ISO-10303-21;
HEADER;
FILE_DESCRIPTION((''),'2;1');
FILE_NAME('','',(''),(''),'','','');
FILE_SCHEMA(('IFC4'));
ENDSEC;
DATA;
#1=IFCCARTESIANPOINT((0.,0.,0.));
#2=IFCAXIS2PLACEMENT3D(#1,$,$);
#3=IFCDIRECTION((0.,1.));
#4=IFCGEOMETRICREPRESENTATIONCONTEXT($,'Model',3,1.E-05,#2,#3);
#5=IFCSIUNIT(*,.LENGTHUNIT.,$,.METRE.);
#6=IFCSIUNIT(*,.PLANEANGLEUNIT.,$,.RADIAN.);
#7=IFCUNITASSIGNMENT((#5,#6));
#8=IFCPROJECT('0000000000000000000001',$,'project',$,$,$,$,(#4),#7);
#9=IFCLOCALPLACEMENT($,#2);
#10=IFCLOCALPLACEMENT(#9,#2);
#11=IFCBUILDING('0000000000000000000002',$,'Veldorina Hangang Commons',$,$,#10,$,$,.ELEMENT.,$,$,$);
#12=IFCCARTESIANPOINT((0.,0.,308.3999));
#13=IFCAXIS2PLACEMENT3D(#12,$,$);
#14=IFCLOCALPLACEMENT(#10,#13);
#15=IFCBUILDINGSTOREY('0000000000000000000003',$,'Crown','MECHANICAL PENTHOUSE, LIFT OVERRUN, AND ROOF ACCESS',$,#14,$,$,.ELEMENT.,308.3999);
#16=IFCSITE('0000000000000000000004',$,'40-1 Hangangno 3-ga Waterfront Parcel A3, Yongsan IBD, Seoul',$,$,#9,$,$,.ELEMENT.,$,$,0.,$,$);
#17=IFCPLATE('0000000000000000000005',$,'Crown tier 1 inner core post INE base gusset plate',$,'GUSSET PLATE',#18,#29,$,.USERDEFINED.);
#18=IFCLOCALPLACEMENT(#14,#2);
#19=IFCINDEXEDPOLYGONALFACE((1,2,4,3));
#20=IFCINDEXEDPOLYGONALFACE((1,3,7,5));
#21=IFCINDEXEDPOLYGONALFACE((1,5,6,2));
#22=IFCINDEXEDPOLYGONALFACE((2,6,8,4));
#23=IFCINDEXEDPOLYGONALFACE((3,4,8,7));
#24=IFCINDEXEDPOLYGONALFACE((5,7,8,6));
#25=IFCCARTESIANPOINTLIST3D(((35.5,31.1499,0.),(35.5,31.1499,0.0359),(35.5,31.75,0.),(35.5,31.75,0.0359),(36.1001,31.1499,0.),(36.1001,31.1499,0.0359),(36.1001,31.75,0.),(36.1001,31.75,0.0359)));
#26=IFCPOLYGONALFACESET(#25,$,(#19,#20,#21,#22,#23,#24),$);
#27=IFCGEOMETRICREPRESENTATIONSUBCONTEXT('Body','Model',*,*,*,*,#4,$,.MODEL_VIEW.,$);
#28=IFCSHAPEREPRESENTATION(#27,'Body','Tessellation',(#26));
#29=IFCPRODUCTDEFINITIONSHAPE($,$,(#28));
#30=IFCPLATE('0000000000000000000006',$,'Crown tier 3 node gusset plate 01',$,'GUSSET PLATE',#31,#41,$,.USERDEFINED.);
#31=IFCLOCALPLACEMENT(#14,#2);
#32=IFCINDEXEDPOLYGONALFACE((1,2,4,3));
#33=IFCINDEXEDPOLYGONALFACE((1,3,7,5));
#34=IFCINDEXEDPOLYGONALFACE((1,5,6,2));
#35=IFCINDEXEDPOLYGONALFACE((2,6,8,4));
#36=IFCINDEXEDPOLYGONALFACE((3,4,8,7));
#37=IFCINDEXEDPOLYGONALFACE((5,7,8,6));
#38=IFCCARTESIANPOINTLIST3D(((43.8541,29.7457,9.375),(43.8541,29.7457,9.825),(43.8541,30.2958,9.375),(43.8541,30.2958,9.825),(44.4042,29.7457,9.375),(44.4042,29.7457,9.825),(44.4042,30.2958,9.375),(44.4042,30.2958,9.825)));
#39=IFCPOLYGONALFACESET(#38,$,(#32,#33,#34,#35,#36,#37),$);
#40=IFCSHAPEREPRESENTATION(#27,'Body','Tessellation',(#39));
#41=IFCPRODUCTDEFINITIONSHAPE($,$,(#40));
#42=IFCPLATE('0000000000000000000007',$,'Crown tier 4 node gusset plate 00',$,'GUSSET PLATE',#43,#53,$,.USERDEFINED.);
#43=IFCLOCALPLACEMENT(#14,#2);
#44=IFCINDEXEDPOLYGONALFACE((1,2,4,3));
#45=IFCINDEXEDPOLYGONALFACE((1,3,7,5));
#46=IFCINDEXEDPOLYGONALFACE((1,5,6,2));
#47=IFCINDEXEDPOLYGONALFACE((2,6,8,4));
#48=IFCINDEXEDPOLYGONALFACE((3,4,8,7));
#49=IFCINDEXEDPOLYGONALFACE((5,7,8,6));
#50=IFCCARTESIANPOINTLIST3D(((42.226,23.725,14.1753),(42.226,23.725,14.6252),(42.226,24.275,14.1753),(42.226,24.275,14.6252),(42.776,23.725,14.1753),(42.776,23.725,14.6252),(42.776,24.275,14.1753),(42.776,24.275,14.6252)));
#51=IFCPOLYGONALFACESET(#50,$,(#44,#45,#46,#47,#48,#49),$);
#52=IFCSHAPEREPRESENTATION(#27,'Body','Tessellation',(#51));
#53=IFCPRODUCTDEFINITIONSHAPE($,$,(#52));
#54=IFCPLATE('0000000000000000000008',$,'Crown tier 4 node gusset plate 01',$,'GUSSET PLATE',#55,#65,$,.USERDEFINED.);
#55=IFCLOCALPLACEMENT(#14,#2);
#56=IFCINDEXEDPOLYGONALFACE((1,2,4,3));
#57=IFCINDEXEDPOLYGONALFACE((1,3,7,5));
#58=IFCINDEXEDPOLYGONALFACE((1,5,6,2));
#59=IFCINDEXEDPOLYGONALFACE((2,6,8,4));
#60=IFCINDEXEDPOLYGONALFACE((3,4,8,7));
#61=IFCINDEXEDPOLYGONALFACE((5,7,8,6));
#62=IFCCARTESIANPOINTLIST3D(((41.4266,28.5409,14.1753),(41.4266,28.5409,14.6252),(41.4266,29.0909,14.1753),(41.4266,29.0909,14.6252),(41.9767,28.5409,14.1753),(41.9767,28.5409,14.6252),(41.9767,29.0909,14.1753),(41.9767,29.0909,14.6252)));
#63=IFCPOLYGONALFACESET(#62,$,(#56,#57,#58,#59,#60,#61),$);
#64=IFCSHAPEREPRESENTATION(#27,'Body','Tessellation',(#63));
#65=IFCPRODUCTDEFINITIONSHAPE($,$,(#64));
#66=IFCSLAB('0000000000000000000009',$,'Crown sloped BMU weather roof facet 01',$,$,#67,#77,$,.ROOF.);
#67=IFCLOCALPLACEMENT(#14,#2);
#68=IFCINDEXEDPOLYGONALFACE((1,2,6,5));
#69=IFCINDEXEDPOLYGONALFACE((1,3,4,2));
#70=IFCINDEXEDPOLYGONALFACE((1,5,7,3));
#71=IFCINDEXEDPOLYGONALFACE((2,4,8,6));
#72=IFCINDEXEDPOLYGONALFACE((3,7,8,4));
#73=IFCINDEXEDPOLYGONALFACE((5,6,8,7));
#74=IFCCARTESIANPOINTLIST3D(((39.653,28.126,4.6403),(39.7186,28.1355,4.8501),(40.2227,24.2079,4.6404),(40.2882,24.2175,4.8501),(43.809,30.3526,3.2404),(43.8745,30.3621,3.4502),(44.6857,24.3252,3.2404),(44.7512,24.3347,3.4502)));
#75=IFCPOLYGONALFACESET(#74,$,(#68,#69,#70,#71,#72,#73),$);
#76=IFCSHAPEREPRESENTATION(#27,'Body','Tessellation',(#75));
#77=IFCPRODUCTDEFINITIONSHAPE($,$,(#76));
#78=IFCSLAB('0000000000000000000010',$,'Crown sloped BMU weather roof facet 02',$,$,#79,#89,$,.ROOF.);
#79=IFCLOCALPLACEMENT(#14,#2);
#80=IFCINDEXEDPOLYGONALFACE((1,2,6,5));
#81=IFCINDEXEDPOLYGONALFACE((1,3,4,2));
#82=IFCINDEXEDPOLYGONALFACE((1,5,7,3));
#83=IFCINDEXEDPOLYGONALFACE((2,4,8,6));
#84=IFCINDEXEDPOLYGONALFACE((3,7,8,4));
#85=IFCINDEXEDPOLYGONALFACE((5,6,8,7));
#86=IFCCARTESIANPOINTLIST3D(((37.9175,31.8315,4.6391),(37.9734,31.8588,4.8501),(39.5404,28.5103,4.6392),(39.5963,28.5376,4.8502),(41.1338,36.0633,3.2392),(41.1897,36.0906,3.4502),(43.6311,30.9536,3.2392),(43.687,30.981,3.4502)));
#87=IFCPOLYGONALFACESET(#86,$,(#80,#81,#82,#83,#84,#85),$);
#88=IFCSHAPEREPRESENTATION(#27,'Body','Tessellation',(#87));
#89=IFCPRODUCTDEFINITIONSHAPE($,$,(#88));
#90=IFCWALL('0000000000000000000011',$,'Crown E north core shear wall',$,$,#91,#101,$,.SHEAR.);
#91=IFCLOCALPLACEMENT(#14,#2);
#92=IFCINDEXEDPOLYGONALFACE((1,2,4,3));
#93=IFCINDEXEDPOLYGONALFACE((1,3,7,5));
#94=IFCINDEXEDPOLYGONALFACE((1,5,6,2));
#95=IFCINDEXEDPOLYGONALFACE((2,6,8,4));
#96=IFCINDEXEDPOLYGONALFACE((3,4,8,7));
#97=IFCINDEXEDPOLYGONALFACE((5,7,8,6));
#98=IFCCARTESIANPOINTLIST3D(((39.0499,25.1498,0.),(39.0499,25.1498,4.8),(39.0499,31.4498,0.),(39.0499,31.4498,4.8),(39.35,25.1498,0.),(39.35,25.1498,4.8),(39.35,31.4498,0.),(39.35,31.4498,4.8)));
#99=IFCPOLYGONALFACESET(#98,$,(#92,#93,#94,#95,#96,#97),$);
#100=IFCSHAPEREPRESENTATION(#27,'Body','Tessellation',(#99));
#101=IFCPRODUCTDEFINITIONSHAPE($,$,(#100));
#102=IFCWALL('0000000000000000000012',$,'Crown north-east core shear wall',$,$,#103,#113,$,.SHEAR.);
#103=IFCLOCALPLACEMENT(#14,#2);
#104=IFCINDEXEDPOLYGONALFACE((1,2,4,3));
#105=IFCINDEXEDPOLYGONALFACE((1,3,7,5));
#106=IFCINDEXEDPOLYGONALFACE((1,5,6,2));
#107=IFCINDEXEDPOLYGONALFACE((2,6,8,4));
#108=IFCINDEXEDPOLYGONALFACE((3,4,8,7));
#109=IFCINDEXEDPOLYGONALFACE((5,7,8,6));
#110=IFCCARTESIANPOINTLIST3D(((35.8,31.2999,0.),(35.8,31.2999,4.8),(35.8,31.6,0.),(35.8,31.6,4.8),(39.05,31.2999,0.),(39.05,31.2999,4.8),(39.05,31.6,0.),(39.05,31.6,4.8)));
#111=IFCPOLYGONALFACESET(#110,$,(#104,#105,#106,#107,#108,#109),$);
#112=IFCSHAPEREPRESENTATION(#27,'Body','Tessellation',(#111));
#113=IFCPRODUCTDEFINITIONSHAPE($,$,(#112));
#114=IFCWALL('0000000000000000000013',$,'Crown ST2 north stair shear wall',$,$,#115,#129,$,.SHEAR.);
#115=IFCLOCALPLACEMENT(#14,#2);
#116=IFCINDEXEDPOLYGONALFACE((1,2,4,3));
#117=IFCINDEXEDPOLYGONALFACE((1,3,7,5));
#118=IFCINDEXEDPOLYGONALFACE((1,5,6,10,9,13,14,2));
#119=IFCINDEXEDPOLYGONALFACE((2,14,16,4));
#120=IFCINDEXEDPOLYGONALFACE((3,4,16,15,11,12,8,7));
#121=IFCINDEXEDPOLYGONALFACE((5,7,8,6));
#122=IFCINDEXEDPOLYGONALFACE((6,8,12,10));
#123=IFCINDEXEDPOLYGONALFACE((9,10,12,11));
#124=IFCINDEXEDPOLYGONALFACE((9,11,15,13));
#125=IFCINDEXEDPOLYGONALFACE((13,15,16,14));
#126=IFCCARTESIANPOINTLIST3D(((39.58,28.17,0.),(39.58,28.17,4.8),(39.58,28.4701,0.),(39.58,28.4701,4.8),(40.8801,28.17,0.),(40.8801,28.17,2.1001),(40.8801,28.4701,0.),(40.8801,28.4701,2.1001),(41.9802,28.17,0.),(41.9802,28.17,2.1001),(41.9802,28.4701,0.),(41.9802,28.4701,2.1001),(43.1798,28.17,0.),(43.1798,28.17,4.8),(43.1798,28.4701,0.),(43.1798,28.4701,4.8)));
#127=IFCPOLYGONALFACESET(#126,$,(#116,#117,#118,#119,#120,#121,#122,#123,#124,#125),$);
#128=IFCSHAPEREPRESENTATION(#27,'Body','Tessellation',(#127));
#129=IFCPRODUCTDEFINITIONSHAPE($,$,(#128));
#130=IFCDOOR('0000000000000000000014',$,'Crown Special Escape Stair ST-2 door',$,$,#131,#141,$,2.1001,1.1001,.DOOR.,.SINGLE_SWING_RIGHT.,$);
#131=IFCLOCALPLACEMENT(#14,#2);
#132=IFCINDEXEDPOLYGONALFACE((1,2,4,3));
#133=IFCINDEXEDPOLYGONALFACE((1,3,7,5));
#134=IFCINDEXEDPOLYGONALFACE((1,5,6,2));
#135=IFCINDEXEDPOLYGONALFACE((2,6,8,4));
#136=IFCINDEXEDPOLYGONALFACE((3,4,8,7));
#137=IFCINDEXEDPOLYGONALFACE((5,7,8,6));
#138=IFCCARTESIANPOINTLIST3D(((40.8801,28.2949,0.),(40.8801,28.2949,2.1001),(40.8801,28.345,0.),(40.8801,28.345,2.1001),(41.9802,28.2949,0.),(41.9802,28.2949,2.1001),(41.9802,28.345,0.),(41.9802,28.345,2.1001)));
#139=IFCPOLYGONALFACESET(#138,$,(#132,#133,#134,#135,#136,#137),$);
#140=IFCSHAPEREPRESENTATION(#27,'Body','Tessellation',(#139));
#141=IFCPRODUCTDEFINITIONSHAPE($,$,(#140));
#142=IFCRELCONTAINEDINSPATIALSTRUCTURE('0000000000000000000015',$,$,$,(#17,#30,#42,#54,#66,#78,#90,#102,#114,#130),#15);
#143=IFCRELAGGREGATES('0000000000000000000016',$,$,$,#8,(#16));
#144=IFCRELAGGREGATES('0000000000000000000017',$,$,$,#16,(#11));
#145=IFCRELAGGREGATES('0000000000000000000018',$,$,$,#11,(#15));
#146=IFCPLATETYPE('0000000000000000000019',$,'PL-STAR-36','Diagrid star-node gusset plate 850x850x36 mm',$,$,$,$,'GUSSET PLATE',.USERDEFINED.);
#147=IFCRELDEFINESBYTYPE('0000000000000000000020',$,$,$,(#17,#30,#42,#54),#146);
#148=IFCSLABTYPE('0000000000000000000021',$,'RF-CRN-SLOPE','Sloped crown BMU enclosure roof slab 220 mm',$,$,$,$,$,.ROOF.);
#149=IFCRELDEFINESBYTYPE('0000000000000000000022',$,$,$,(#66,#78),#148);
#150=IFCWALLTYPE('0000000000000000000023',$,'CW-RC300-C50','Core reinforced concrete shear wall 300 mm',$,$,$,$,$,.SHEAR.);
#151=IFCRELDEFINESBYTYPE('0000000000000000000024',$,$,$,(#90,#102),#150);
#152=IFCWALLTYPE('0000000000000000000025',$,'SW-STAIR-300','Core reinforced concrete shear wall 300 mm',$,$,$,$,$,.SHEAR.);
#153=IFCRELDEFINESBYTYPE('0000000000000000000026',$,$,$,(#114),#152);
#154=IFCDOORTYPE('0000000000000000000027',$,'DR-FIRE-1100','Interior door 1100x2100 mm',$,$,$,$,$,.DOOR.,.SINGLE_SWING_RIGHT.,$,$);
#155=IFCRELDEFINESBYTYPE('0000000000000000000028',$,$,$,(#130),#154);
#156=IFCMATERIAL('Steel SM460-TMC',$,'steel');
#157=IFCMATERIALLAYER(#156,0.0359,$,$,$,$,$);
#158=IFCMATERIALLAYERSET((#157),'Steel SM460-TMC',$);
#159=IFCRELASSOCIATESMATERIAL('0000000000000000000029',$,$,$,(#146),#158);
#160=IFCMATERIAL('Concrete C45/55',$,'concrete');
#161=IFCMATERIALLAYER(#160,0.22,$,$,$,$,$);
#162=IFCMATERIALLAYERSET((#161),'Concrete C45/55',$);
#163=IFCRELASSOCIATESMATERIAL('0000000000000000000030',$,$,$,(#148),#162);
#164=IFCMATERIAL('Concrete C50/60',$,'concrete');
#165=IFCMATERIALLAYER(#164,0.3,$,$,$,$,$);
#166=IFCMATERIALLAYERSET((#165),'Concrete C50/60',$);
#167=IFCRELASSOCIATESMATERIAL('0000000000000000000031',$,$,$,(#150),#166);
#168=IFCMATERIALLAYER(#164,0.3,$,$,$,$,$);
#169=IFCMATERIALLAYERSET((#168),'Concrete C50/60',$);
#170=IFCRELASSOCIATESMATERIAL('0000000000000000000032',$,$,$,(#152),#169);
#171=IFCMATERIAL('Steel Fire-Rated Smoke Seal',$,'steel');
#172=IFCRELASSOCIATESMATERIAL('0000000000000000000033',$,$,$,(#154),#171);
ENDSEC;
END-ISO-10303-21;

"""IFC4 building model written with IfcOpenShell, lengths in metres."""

from ifc_helpers import new_model, si_unit, direction, frame, frame_2d, origin, origin_2d, place, context, subcontext, project, spatial, polyline, rectangle, outline, extrude, material, layer, layer_set, type_object, element, fill, save


model = new_model("IFC4")

# Units and contexts
model_context = context("Model", 3, precision=1e-05, world=origin(), true_north=direction((0.0, 1.0)))
body_context = subcontext(model_context, "Body", "Model", "MODEL_VIEW")
ifc_project = project(units=[si_unit("LENGTHUNIT", "METRE"), si_unit("PLANEANGLEUNIT", "RADIAN")], contexts=[model_context])

# Site, building, storey
site_placement = place(None, origin())
site = spatial("IfcSite", under=ifc_project, at=site_placement, Name="40-1 Hangangno 3-ga Waterfront Parcel A3, Yongsan IBD, Seoul", CompositionType="ELEMENT", RefElevation=0.0)
building_placement = place(site_placement, origin())
building = spatial("IfcBuilding", under=site, at=building_placement, Name="Veldorina Hangang Commons", CompositionType="ELEMENT")
storey_placement = place(building_placement, frame((0.0, 0.0, 308.3999)))
storey = spatial("IfcBuildingStorey", under=building, at=storey_placement, Name="Crown", Description="MECHANICAL PENTHOUSE, LIFT OVERRUN, AND ROOF ACCESS", CompositionType="ELEMENT", Elevation=308.3999)

# Shared definitions
ifc_material_1 = material(Name="Steel SM460-TMC", Category="steel")

# Plates
ifc_layer_1 = layer(ifc_material_1, 0.0359)
ifc_layer_set_1 = layer_set([ifc_layer_1], Name="Steel SM460-TMC")
plate_type_1 = type_object("IfcPlateType", Name="PL-STAR-36", Description="Diagrid star-node gusset plate 850x850x36 mm", ElementType="GUSSET PLATE", PredefinedType="USERDEFINED", material=ifc_layer_set_1)
for number, where, z_axis, x_axis, name in (
    (1, (35.8, 31.45, 0.0), (0.0, 0.0, 1.0), (1.0, 0.0, 0.0), "Crown tier 1 inner core post INE base gusset plate"),
):
    element("IfcPlate", number, at=place(storey_placement, frame(where, z_axis=z_axis, x_axis=x_axis)), inside=storey, type_object=plate_type_1, Name=name, ObjectType="GUSSET PLATE", PredefinedType="USERDEFINED", context=body_context, shape_type="SweptSolid", body=[
        extrude(rectangle(XDim=0.6001, YDim=0.6001, at=origin_2d()), origin(), (0.0, 0.0, 1.0), 0.0359),
    ])
for number, where, z_axis, x_axis, name in (
    (2, (44.1292, 30.0208, 9.375), (0.0, 0.0, 1.0), (1.0, 0.0, 0.0), "Crown tier 3 node gusset plate 01"),
    (3, (42.501, 24.0, 14.1753), (0.0, 0.0, 1.0), (1.0, 0.0, 0.0), "Crown tier 4 node gusset plate 00"),
    (4, (41.7017, 28.8159, 14.1753), (0.0, 0.0, 1.0), (1.0, 0.0, 0.0), "Crown tier 4 node gusset plate 01"),
):
    element("IfcPlate", number, at=place(storey_placement, frame(where, z_axis=z_axis, x_axis=x_axis)), inside=storey, type_object=plate_type_1, Name=name, ObjectType="GUSSET PLATE", PredefinedType="USERDEFINED", context=body_context, shape_type="SweptSolid", body=[
        extrude(rectangle(XDim=0.55, YDim=0.55, at=origin_2d()), origin(), (0.0, 0.0, 1.0), 0.45),
    ])

# Slabs
ifc_material_2 = material(Name="Concrete C45/55", Category="concrete")
ifc_layer_2 = layer(ifc_material_2, 0.22)
ifc_layer_set_2 = layer_set([ifc_layer_2], Name="Concrete C45/55")
slab_type = type_object("IfcSlabType", Name="RF-CRN-SLOPE", Description="Sloped crown BMU enclosure roof slab 220 mm", PredefinedType="ROOF", material=ifc_layer_set_2)
slab_1_placement = place(storey_placement, frame((44.7512, 24.3347, 3.4502), z_axis=(0.297982, 0.043341, 0.953587), x_axis=(-0.14394, 0.989586, 0.000002)))
element("IfcSlab", 5, at=slab_1_placement, inside=storey, type_object=slab_type, Name="Crown sloped BMU weather roof facet 01", PredefinedType="ROOF", context=body_context, shape_type="SweptSolid", body=[
    extrude(outline(polyline([(0.0, 0.0), (6.0908, 0.0), (4.4856, 4.6489), (0.5264, 4.6492), (0.0, 0.0)])), origin(), (0.0, 0.0, -1.0), 0.22),
])
slab_2_placement = place(storey_placement, frame((43.687, 30.981, 3.4502), z_axis=(0.25409, 0.124179, 0.959176), x_axis=(-0.439106, 0.898435, 0.000006)))
element("IfcSlab", 6, at=slab_2_placement, inside=storey, type_object=slab_type, Name="Crown sloped BMU weather roof facet 02", PredefinedType="ROOF", context=body_context, shape_type="SweptSolid", body=[
    extrude(outline(polyline([(0.0, 0.0), (5.6873, 0.0), (3.2976, 4.95), (-0.3989, 4.9502), (0.0, 0.0)])), origin(), (0.0, 0.0, -1.0), 0.22),
])

# Walls
ifc_material_3 = material(Name="Concrete C50/60", Category="concrete")
ifc_layer_3 = layer(ifc_material_3, 0.3)
ifc_layer_set_3 = layer_set([ifc_layer_3], Name="Concrete C50/60")
wall_type_1 = type_object("IfcWallType", Name="CW-RC300-C50", Description="Core reinforced concrete shear wall 300 mm", PredefinedType="SHEAR", material=ifc_layer_set_3)
wall_1_placement = place(storey_placement, frame((39.2, 25.1499, 0.0), z_axis=(0.0, 0.0, 1.0), x_axis=(0.0, 1.0, 0.0)))
element("IfcWall", 7, at=wall_1_placement, inside=storey, type_object=wall_type_1, Name="Crown E north core shear wall", PredefinedType="SHEAR", context=body_context, shape_type="SweptSolid", body=[
    extrude(rectangle(XDim=6.3, YDim=0.3, at=frame_2d((3.1499, 0.0))), origin(), (0.0, 0.0, 1.0), 4.8),
])
wall_2_placement = place(storey_placement, frame((35.8, 31.45, 0.0), z_axis=(0.0, 0.0, 1.0), x_axis=(1.0, 0.0, 0.0)))
element("IfcWall", 8, at=wall_2_placement, inside=storey, type_object=wall_type_1, Name="Crown north-east core shear wall", PredefinedType="SHEAR", context=body_context, shape_type="SweptSolid", body=[
    extrude(rectangle(XDim=3.25, YDim=0.3, at=frame_2d((1.625, 0.0))), origin(), (0.0, 0.0, 1.0), 4.8),
])

# Wall, opening, door
ifc_layer_4 = layer(ifc_material_3, 0.3)
ifc_layer_set_4 = layer_set([ifc_layer_4], Name="Concrete C50/60")
wall_type_2 = type_object("IfcWallType", Name="SW-STAIR-300", Description="Core reinforced concrete shear wall 300 mm", PredefinedType="SHEAR", material=ifc_layer_set_4)
wall_3_placement = place(storey_placement, frame((39.5801, 28.3201, 0.0), z_axis=(0.0, 0.0, 1.0), x_axis=(1.0, 0.0, 0.0)))
wall_3 = element("IfcWall", 9, at=wall_3_placement, inside=storey, type_object=wall_type_2, Name="Crown ST2 north stair shear wall", PredefinedType="SHEAR", context=body_context, shape_type="SweptSolid", body=[
    extrude(rectangle(XDim=3.5999, YDim=0.3, at=frame_2d((1.7998, 0.0))), origin(), (0.0, 0.0, 1.0), 4.8),
])
opening_placement = place(wall_3_placement, frame((1.3, 0.0, 0.0)))
opening = element("IfcOpeningElement", 10, at=opening_placement, cuts=wall_3, PredefinedType="OPENING", context=body_context, shape_type="SweptSolid", body=[
    extrude(rectangle(XDim=1.1001, YDim=2.1001, at=frame_2d((0.55, 1.05))), frame((0.0, 0.1602, 0.0), z_axis=(0.0, -1.0, 0.0), x_axis=(1.0, 0.0, 0.0)), (0.0, 0.0, 1.0), 0.3201),
])
ifc_material_4 = material(Name="Steel Fire-Rated Smoke Seal", Category="steel")
door_type = type_object("IfcDoorType", Name="DR-FIRE-1100", Description="Interior door 1100x2100 mm", OperationType="SINGLE_SWING_RIGHT", PredefinedType="DOOR", material=ifc_material_4)
door_placement = place(opening_placement, origin())
door = element("IfcDoor", 11, at=door_placement, inside=storey, type_object=door_type, Name="Crown Special Escape Stair ST-2 door", OperationType="SINGLE_SWING_RIGHT", OverallHeight=2.1001, OverallWidth=1.1001, PredefinedType="DOOR", context=body_context, shape_type="SweptSolid", body=[
    extrude(rectangle(XDim=1.1001, YDim=2.1001, at=frame_2d((0.55, 1.05))), frame((0.0, 0.0249, 0.0), z_axis=(0.0, -1.0, 0.0), x_axis=(1.0, 0.0, 0.0)), (0.0, 0.0, 1.0), 0.05),
])
fill(opening, door)

save(model, "model.ifc")
